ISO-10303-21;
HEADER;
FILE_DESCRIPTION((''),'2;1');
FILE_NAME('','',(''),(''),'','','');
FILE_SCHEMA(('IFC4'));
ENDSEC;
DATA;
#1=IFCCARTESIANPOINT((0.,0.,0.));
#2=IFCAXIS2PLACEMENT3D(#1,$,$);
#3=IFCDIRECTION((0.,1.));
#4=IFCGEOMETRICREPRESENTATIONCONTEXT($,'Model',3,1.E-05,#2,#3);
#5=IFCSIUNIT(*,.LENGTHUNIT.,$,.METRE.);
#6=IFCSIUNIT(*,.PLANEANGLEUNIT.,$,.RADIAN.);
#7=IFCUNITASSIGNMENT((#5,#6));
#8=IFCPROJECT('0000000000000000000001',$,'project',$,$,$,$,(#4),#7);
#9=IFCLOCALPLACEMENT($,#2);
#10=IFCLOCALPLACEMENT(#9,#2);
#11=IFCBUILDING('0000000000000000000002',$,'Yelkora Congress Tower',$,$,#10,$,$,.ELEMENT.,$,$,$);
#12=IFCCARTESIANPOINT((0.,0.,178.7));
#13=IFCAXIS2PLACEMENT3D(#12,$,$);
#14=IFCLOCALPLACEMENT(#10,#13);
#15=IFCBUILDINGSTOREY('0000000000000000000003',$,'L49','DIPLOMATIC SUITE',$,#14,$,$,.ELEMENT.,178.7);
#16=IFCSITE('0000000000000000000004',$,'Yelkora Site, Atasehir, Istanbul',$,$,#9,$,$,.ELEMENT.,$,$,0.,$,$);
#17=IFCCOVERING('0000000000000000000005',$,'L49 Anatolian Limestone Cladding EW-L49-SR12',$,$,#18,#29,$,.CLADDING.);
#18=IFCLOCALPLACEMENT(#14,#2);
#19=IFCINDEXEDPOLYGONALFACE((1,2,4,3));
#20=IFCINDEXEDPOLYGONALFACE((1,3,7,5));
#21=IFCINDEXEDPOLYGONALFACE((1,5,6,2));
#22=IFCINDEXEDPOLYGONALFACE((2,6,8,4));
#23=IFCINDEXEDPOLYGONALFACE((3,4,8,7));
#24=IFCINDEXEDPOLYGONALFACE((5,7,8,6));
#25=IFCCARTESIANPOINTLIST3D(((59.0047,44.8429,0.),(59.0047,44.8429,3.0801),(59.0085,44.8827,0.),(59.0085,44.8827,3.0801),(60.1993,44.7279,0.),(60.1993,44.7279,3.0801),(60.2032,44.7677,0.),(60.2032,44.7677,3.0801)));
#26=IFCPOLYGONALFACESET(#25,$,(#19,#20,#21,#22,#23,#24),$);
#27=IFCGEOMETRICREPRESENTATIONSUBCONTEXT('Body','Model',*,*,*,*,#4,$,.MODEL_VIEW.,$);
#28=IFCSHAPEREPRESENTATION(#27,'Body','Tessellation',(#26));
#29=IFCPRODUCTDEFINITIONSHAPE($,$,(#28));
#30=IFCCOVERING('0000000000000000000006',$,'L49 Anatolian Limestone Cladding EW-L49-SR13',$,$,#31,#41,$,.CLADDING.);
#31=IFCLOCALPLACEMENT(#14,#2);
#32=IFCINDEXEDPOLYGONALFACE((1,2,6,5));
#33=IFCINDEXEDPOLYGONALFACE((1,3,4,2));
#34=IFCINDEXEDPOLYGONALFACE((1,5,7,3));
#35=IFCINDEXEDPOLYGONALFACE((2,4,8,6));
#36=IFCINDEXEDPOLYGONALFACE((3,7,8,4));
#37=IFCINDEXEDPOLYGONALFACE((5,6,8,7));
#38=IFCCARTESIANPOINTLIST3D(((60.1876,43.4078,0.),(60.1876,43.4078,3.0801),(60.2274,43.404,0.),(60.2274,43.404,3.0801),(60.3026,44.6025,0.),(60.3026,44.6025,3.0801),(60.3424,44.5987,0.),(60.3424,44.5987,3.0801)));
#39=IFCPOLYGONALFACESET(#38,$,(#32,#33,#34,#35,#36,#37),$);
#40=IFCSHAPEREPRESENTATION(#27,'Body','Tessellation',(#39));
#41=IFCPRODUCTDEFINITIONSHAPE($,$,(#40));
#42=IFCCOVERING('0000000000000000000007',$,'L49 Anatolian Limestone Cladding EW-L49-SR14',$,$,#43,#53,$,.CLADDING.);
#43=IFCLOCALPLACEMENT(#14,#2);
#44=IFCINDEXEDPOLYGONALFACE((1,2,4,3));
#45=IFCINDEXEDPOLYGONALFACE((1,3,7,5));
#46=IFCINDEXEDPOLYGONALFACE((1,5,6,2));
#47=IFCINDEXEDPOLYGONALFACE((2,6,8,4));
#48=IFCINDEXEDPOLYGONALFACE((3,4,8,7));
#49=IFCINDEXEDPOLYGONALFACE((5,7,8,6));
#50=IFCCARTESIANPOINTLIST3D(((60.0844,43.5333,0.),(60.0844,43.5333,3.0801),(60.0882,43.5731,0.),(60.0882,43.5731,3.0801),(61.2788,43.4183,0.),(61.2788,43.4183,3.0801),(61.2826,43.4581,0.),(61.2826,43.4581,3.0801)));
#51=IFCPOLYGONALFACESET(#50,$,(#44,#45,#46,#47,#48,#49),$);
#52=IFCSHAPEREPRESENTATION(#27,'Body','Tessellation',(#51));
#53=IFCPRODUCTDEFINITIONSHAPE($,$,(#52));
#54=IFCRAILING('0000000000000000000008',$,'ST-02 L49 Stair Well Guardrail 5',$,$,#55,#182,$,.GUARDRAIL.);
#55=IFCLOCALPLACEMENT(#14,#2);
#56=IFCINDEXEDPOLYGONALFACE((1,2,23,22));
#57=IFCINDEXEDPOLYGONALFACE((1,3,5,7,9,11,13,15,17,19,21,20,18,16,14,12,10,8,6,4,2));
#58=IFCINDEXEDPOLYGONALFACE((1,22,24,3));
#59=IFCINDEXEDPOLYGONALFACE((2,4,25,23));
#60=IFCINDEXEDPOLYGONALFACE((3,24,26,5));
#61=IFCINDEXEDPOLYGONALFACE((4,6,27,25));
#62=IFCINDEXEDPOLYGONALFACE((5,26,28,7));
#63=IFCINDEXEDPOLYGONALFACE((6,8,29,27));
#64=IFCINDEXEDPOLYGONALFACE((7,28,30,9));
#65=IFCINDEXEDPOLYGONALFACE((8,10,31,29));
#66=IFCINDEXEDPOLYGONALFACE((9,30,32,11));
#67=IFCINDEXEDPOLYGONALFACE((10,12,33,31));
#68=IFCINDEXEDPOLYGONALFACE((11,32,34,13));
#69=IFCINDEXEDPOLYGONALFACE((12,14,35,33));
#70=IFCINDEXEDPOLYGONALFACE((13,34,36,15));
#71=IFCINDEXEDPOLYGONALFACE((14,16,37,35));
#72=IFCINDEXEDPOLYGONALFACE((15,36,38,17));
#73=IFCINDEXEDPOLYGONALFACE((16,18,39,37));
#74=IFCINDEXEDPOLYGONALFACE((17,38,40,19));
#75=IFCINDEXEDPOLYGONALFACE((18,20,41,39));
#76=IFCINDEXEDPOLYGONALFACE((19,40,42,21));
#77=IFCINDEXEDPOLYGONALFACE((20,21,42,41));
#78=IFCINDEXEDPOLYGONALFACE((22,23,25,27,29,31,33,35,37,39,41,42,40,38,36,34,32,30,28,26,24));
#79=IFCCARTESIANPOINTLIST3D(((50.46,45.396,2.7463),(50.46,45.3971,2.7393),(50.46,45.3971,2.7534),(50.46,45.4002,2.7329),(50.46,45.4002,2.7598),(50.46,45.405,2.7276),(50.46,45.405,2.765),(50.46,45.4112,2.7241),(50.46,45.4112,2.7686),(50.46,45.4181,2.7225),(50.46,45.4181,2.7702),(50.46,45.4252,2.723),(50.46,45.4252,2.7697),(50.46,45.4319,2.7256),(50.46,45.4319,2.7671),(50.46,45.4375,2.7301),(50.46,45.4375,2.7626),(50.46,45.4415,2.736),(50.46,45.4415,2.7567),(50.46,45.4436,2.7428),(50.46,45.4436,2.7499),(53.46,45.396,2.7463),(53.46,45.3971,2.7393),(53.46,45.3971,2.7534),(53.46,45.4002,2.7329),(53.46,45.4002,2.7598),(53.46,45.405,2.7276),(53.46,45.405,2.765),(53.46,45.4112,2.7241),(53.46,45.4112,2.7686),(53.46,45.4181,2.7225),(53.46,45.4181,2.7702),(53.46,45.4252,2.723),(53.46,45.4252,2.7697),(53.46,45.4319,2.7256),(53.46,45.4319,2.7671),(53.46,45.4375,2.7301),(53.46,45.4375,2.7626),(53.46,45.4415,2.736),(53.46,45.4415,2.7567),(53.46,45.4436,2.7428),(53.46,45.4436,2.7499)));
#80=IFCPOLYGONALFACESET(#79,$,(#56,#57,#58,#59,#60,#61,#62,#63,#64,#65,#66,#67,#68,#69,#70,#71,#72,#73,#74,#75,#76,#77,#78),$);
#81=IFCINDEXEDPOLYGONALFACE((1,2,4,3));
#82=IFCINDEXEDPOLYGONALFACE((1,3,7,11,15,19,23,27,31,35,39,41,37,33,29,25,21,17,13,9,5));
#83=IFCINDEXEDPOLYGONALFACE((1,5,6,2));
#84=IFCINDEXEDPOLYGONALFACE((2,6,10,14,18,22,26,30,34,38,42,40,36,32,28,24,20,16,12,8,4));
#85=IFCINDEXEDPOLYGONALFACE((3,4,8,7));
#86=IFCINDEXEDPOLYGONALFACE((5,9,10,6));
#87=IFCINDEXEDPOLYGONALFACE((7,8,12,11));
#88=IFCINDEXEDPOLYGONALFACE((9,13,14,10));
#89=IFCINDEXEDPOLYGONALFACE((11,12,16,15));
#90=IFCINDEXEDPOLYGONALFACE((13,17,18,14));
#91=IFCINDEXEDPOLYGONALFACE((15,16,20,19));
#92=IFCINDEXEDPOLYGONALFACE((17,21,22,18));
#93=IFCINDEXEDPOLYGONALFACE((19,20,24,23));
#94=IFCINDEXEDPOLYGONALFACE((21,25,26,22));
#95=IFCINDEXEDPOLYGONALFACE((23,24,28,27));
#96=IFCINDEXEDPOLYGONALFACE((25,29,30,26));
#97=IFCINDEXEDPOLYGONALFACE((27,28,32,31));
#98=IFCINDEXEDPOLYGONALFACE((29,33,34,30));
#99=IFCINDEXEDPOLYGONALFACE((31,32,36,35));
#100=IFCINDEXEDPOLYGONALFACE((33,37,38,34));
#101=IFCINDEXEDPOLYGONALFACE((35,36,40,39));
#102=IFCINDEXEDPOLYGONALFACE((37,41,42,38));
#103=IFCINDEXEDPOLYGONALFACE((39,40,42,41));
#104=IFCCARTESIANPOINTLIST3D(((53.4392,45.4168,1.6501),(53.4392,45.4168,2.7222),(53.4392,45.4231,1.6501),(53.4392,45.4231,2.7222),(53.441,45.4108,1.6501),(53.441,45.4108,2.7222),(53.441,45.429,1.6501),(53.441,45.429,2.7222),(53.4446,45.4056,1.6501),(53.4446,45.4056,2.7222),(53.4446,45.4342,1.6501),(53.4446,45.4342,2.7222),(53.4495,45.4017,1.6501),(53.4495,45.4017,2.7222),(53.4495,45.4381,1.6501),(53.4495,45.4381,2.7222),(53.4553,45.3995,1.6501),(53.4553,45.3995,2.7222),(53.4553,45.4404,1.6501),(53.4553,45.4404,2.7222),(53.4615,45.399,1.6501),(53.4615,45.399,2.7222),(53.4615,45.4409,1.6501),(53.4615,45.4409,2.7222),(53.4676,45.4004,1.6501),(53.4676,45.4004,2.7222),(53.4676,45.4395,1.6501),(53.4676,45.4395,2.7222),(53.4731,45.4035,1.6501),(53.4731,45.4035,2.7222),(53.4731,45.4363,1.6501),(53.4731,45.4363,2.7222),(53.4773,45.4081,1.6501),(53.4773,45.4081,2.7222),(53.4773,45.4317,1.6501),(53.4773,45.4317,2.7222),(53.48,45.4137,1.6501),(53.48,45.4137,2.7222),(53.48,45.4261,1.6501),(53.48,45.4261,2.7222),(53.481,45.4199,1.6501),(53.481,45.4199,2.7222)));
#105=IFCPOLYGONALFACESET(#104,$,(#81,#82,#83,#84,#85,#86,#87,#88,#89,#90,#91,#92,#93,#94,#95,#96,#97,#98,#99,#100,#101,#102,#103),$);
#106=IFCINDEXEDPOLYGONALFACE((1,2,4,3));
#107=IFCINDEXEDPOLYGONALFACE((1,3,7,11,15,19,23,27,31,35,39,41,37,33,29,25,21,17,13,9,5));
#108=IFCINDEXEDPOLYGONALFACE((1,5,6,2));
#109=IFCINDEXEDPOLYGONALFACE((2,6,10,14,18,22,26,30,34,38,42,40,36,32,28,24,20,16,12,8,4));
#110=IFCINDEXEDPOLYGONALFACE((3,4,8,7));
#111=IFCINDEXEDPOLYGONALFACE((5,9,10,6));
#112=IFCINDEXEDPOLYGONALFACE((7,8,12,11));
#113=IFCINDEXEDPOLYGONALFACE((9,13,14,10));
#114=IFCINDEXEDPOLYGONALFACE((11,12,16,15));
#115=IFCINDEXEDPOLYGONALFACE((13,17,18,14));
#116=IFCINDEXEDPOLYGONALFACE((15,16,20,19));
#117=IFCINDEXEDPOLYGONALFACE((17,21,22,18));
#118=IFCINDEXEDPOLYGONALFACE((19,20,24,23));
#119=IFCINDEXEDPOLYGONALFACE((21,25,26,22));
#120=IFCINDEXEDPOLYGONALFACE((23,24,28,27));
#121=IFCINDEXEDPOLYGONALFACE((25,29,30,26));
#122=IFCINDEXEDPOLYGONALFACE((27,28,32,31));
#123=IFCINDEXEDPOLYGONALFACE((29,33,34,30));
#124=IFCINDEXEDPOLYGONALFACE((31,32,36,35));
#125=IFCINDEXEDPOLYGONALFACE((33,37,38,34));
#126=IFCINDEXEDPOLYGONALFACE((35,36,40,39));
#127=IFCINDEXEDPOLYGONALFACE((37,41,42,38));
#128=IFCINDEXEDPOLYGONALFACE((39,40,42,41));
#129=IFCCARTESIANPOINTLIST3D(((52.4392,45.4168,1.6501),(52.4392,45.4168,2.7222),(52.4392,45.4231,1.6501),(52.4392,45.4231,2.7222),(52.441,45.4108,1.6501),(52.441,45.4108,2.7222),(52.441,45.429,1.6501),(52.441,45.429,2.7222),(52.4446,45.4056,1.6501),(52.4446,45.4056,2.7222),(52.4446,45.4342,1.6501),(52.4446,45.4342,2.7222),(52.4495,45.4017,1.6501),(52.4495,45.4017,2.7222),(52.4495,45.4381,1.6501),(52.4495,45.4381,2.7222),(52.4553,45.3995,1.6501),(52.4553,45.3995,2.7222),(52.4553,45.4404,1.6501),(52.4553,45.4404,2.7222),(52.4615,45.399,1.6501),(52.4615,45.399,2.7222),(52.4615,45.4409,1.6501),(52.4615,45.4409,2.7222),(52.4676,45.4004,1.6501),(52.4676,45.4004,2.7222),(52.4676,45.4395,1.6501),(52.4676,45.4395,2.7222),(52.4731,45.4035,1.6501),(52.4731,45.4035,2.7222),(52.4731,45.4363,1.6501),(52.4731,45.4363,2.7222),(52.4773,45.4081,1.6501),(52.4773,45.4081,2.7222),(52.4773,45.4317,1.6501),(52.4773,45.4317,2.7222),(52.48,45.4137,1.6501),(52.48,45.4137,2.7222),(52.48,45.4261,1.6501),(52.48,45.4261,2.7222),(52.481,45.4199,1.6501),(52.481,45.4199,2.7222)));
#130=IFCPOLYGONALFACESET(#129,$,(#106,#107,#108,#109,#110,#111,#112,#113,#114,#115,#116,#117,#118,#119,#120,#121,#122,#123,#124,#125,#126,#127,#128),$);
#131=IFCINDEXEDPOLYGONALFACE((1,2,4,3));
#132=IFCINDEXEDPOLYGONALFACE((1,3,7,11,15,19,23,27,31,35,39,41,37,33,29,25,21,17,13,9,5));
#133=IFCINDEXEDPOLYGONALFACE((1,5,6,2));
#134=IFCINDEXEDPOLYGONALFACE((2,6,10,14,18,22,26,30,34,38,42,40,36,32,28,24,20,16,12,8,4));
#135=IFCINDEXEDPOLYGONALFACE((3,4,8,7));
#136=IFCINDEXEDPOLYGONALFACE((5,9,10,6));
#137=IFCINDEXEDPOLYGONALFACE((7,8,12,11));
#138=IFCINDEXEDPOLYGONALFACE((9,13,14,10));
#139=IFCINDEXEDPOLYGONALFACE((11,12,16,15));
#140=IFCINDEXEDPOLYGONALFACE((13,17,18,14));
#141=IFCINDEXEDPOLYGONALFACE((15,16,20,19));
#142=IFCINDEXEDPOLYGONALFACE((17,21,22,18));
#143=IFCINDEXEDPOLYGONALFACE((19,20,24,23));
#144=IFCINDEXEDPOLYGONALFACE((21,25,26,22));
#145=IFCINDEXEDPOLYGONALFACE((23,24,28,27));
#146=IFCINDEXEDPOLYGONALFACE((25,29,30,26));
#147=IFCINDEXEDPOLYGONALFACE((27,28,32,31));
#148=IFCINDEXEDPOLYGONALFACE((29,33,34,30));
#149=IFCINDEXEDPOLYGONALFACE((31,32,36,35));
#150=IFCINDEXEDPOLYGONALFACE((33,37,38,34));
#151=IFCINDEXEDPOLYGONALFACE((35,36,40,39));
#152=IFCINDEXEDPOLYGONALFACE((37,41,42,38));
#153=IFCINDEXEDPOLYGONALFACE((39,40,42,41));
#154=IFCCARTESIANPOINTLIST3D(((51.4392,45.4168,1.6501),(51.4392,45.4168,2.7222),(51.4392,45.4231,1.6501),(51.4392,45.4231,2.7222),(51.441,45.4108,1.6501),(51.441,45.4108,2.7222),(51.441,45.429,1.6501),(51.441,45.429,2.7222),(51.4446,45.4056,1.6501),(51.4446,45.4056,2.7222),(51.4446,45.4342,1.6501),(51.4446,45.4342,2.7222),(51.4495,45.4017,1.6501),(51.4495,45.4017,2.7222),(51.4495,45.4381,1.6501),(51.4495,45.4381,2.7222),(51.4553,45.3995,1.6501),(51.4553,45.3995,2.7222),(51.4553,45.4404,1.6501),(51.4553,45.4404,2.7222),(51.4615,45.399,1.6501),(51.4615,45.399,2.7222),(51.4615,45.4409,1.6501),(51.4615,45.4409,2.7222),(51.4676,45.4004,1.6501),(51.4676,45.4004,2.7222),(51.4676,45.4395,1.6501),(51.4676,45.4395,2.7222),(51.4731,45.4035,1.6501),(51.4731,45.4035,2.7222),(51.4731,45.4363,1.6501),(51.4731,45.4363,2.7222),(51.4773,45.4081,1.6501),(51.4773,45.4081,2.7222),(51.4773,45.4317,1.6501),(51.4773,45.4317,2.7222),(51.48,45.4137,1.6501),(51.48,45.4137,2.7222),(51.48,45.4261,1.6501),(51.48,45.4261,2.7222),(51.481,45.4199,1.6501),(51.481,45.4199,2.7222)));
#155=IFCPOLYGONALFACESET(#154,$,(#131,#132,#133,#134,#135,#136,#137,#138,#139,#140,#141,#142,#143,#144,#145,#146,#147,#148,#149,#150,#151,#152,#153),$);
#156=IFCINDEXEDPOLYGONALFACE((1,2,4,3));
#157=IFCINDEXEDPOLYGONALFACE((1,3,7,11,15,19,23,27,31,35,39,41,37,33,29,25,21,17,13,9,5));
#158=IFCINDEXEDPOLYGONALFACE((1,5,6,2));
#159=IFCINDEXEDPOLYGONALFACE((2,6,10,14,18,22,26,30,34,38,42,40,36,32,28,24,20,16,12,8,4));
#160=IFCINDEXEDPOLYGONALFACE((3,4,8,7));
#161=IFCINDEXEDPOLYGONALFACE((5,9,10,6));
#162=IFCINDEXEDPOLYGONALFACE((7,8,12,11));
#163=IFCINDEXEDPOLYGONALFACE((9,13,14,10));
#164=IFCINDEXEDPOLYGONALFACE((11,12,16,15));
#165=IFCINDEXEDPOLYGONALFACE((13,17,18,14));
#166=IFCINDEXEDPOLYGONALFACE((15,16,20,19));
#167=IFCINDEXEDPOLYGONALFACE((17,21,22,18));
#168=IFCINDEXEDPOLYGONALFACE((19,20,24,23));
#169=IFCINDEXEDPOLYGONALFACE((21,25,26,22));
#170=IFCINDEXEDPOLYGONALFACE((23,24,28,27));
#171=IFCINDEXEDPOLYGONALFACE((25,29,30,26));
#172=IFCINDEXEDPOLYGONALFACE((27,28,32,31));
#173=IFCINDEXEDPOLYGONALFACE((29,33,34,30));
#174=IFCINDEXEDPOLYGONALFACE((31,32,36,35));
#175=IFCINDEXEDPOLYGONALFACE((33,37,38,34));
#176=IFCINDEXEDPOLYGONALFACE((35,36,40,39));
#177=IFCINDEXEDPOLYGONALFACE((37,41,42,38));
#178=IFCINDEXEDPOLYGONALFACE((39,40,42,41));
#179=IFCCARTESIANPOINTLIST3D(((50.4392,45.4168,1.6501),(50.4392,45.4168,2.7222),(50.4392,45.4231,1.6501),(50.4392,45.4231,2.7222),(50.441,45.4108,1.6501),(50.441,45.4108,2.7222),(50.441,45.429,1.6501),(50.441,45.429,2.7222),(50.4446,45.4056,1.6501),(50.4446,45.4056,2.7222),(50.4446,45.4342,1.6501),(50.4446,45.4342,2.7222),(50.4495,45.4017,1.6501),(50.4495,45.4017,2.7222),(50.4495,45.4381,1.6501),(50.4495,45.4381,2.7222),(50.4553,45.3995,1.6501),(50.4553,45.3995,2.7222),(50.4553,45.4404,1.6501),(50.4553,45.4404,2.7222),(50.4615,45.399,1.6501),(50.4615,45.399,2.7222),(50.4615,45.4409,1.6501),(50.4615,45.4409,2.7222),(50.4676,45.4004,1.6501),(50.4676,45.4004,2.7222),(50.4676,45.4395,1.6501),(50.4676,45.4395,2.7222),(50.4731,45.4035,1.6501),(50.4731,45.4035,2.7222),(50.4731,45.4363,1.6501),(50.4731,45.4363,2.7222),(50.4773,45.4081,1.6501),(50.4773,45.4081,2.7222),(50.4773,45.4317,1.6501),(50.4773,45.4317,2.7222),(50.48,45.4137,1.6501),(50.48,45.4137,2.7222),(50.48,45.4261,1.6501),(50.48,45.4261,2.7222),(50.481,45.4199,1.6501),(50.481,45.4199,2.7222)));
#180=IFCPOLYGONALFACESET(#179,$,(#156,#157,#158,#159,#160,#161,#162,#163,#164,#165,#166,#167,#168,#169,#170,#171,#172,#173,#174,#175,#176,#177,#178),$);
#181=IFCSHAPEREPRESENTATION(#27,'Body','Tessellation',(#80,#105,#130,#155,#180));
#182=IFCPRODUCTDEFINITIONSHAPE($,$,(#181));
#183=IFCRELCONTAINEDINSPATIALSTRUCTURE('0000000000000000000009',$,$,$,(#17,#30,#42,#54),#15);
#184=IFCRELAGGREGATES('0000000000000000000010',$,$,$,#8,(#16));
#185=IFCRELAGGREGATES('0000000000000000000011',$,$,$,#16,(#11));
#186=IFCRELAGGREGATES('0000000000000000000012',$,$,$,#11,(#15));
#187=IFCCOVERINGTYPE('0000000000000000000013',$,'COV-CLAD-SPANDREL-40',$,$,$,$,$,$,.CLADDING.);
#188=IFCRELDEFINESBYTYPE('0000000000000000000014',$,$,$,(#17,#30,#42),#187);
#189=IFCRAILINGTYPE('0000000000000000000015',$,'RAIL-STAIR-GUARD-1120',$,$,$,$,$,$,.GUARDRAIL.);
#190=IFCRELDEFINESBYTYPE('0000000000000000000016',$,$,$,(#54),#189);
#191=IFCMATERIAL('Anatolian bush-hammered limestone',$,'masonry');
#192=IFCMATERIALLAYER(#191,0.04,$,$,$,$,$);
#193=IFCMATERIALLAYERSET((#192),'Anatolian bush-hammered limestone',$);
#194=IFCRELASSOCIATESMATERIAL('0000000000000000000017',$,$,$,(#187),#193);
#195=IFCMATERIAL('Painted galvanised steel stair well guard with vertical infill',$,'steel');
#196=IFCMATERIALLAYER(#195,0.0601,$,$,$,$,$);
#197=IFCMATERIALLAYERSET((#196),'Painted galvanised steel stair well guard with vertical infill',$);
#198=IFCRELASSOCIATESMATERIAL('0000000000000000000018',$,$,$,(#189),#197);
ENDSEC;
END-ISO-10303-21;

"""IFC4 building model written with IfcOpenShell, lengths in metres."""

from ifc_helpers import new_model, si_unit, direction, frame, frame_2d, origin, origin_2d, place, context, subcontext, project, spatial, rectangle, circle, extrude, material, layer, layer_set, type_object, element, save


model = new_model("IFC4")

# Units and contexts
model_context = context("Model", 3, precision=1e-05, world=origin(), true_north=direction((0.0, 1.0)))
body_context = subcontext(model_context, "Body", "Model", "MODEL_VIEW")
ifc_project = project(units=[si_unit("LENGTHUNIT", "METRE"), si_unit("PLANEANGLEUNIT", "RADIAN")], contexts=[model_context])

# Site, building, storey
site_placement = place(None, origin())
site = spatial("IfcSite", under=ifc_project, at=site_placement, Name="Yelkora Site, Atasehir, Istanbul", CompositionType="ELEMENT", RefElevation=0.0)
building_placement = place(site_placement, origin())
building = spatial("IfcBuilding", under=site, at=building_placement, Name="Yelkora Congress Tower", CompositionType="ELEMENT")
storey_placement = place(building_placement, frame((0.0, 0.0, 178.7)))
storey = spatial("IfcBuildingStorey", under=building, at=storey_placement, Name="L49", Description="DIPLOMATIC SUITE", CompositionType="ELEMENT", Elevation=178.7)

# Coverings
ifc_material_1 = material(Name="Anatolian bush-hammered limestone", Category="masonry")
ifc_layer_1 = layer(ifc_material_1, 0.04)
ifc_layer_set_1 = layer_set([ifc_layer_1], Name="Anatolian bush-hammered limestone")
covering_type = type_object("IfcCoveringType", Name="COV-CLAD-SPANDREL-40", PredefinedType="CLADDING", material=ifc_layer_set_1)
for number, where, z_axis, x_axis, name in (
    (1, (59.0066, 44.8628, 0.0), (0.0, 0.0, 1.0), (0.995399, -0.095817, 0.0), "L49 Anatolian Limestone Cladding EW-L49-SR12"),
    (2, (60.3225, 44.6006, 0.0), (0.0, 0.0, 1.0), (-0.095817, -0.995399, 0.0), "L49 Anatolian Limestone Cladding EW-L49-SR13"),
):
    element("IfcCovering", number, at=place(storey_placement, frame(where, z_axis=z_axis, x_axis=x_axis)), inside=storey, type_object=covering_type, Name=name, PredefinedType="CLADDING", context=body_context, shape_type="SweptSolid", body=[
        extrude(rectangle(XDim=1.2002, YDim=0.04, at=frame_2d((0.6001, 0.0))), origin(), (0.0, 0.0, 1.0), 3.0801),
    ])
covering_1_placement = place(storey_placement, frame((60.0862, 43.5532, 0.0), z_axis=(0.0, 0.0, 1.0), x_axis=(0.995397, -0.095836, 0.0)))
element("IfcCovering", 3, at=covering_1_placement, inside=storey, type_object=covering_type, Name="L49 Anatolian Limestone Cladding EW-L49-SR14", PredefinedType="CLADDING", context=body_context, shape_type="SweptSolid", body=[
    extrude(rectangle(XDim=1.2, YDim=0.04, at=frame_2d((0.6001, 0.0))), origin(), (0.0, 0.0, 1.0), 3.0801),
])

# Railing
ifc_material_2 = material(Name="Painted galvanised steel stair well guard with vertical infill", Category="steel")
ifc_layer_2 = layer(ifc_material_2, 0.0601)
ifc_layer_set_2 = layer_set([ifc_layer_2], Name="Painted galvanised steel stair well guard with vertical infill")
railing_type = type_object("IfcRailingType", Name="RAIL-STAIR-GUARD-1120", PredefinedType="GUARDRAIL", material=ifc_layer_set_2)
railing_1_placement = place(storey_placement, frame((53.46, 45.4199, 1.6501)))
element("IfcRailing", 4, at=railing_1_placement, inside=storey, type_object=railing_type, Name="ST-02 L49 Stair Well Guardrail 5", PredefinedType="GUARDRAIL", context=body_context, shape_type="SweptSolid", body=[
    extrude(circle(Radius=0.0239, at=origin_2d()), frame((0.0, 0.0, 1.0962), z_axis=(-1.0, 0.0, 0.0), x_axis=(0.0, -1.0, 0.0)), (0.0, 0.0, 1.0), 3.0),
    extrude(circle(Radius=0.021, at=origin_2d()), origin(), (0.0, 0.0, 1.0), 1.072),
    extrude(circle(Radius=0.021, at=origin_2d()), frame((-1.0, 0.0, 0.0)), (0.0, 0.0, 1.0), 1.072),
    extrude(circle(Radius=0.021, at=origin_2d()), frame((-2.0, 0.0, 0.0)), (0.0, 0.0, 1.0), 1.072),
    extrude(circle(Radius=0.021, at=origin_2d()), frame((-3.0, 0.0, 0.0)), (0.0, 0.0, 1.0), 1.072),
])

save(model, "model.ifc")
